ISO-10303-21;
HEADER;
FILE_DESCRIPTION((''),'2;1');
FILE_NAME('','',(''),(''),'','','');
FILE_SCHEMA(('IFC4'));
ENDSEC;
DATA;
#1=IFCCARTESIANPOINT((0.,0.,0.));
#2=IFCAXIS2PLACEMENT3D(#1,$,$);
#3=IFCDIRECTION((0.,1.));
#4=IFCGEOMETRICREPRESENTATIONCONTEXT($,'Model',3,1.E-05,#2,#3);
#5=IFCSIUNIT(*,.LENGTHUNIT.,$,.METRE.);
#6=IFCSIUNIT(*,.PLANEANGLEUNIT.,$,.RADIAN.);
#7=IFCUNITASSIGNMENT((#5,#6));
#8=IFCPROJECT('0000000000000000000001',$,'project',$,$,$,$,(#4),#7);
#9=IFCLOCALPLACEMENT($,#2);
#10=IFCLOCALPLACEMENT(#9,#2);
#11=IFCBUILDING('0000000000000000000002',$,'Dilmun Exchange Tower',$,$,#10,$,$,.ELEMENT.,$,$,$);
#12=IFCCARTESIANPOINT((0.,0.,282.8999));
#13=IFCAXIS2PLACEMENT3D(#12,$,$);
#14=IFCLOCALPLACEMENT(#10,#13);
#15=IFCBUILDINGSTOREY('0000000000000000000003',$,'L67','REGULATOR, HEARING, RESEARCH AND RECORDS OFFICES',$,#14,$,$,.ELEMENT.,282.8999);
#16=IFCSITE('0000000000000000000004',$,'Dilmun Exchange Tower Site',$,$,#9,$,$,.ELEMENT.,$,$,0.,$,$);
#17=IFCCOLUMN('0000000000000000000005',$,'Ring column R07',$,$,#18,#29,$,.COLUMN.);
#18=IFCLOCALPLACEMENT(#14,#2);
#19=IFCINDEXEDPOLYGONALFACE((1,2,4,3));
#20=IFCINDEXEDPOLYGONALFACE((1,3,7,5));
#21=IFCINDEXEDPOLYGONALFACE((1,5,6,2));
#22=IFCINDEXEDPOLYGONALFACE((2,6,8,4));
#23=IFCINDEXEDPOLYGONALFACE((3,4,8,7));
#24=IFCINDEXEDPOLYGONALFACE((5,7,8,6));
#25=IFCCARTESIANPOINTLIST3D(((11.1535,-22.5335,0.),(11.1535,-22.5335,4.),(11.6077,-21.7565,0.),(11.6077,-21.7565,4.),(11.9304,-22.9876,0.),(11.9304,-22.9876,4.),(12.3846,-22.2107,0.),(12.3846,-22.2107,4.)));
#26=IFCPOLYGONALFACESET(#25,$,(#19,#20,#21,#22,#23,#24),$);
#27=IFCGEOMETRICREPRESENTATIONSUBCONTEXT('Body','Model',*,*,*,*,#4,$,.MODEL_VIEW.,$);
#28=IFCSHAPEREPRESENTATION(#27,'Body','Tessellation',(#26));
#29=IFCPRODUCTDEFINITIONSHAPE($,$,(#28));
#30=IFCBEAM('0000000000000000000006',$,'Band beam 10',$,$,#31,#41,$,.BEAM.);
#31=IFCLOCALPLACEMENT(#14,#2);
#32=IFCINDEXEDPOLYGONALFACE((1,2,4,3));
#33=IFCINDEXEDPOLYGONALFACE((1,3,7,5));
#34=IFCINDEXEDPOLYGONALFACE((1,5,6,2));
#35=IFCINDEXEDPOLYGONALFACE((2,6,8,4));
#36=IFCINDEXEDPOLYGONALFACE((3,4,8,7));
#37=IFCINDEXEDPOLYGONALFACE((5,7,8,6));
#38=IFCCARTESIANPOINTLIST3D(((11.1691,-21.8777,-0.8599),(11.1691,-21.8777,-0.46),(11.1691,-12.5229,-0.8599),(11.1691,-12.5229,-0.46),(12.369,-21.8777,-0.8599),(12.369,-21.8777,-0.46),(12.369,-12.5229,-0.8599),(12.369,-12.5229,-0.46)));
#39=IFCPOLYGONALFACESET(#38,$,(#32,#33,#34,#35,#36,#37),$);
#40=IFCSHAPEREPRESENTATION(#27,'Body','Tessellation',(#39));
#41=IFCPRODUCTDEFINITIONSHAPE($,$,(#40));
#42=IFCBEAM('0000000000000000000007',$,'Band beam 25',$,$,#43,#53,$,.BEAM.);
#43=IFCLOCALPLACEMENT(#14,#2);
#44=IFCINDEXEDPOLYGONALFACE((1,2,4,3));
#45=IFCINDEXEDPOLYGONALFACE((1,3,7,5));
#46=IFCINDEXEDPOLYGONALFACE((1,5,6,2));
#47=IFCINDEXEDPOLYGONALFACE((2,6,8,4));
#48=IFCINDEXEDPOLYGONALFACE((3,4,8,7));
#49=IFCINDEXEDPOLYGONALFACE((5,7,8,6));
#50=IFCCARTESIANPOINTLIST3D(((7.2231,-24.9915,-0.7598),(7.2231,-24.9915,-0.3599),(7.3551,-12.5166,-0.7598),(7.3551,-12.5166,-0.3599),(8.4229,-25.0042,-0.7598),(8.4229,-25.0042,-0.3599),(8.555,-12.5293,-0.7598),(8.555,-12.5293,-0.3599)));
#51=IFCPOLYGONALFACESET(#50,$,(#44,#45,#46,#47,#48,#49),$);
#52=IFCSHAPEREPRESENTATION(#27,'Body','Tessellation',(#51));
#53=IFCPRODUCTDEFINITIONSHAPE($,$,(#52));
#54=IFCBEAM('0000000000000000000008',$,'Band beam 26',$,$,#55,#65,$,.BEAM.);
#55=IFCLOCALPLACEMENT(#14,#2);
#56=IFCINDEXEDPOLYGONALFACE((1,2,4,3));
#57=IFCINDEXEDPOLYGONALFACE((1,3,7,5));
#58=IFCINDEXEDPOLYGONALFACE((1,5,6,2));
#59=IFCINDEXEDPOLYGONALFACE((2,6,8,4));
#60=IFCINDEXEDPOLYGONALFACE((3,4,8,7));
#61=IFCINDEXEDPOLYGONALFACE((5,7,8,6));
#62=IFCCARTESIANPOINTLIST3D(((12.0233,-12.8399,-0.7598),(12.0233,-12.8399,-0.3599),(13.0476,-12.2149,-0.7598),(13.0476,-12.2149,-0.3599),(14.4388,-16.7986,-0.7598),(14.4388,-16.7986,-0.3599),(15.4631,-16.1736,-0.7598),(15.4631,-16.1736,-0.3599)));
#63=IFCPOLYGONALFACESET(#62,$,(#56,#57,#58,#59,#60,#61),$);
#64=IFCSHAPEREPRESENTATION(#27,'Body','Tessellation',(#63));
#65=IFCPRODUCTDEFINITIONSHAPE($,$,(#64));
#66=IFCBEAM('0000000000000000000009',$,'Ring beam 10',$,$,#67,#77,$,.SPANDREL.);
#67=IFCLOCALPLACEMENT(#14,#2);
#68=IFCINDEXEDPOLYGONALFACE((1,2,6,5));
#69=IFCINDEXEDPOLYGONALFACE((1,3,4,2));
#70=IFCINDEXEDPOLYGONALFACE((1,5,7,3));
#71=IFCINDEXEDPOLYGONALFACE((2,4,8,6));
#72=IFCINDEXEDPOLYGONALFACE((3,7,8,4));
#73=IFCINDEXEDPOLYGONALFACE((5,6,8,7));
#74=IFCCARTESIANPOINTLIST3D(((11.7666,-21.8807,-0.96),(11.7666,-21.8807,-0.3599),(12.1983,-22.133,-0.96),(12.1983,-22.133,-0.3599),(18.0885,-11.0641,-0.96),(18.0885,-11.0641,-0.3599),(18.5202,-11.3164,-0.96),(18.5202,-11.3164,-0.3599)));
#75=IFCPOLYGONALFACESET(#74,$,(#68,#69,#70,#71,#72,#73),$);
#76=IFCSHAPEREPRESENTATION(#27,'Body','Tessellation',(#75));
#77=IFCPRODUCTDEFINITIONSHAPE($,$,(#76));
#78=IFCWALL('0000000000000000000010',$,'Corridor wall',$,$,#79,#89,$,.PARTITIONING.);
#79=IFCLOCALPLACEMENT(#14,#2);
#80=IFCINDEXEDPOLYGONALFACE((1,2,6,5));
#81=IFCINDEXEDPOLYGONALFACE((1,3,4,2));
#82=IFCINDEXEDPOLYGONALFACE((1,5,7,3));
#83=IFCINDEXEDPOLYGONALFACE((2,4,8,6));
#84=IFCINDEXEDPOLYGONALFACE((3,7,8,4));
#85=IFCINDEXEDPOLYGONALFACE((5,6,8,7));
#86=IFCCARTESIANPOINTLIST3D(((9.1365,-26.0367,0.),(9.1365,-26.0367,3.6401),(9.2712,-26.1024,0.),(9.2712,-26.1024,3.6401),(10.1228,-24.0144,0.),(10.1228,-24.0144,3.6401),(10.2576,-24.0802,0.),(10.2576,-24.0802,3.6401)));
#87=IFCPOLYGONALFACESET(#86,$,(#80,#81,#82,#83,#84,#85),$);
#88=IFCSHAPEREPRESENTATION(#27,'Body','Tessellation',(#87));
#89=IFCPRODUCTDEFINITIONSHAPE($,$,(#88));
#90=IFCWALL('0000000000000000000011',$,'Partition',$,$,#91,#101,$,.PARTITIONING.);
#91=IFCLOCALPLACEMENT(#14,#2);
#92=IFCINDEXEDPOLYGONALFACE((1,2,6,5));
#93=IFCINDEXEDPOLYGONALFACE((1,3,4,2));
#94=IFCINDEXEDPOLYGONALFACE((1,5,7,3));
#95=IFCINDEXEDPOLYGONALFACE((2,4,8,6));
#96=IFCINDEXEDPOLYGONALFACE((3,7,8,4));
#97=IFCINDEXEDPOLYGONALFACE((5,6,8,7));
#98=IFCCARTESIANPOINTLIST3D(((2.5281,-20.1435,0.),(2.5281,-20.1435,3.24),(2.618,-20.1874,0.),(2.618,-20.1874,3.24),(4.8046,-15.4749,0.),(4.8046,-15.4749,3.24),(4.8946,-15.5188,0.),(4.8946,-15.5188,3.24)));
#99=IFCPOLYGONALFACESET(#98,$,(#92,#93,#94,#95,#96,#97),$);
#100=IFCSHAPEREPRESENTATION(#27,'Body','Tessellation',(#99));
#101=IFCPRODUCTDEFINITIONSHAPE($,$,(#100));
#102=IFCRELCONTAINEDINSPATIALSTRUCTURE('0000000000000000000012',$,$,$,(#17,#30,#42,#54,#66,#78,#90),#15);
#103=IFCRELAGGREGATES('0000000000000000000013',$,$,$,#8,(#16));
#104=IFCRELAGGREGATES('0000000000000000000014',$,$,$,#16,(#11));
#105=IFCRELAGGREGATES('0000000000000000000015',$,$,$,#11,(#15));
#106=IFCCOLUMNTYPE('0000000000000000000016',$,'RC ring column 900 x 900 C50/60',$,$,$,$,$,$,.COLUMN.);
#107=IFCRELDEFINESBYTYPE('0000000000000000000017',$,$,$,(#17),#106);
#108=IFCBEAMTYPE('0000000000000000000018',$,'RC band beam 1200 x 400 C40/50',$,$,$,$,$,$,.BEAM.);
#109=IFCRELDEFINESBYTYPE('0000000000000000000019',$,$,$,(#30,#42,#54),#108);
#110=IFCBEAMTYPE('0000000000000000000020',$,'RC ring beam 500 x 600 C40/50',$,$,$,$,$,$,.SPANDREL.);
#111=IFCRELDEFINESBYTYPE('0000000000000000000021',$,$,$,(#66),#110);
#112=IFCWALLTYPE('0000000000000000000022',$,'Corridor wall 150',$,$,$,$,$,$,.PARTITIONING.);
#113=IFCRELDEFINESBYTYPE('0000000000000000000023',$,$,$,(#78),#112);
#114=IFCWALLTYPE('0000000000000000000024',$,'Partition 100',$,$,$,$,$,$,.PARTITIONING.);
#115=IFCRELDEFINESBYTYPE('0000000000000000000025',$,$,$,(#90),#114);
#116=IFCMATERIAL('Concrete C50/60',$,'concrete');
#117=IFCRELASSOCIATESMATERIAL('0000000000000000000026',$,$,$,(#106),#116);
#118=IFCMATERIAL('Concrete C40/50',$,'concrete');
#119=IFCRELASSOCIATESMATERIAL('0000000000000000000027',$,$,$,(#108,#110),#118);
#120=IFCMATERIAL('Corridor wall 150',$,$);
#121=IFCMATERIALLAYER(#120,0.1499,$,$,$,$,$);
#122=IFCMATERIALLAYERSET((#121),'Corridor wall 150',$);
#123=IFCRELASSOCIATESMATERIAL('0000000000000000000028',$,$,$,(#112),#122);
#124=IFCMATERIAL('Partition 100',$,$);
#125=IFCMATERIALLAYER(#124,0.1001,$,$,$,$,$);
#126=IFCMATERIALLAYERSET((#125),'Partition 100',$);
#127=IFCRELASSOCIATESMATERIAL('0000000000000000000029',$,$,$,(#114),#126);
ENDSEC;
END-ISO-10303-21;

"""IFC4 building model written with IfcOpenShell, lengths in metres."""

from ifc_helpers import new_model, si_unit, direction, frame, frame_2d, origin, origin_2d, place, context, subcontext, project, spatial, rectangle, extrude, material, layer, layer_set, material_profile, profile_set, type_object, element, save


model = new_model("IFC4")

# Units and contexts
model_context = context("Model", 3, precision=1e-05, world=origin(), true_north=direction((0.0, 1.0)))
body_context = subcontext(model_context, "Body", "Model", "MODEL_VIEW")
ifc_project = project(units=[si_unit("LENGTHUNIT", "METRE"), si_unit("PLANEANGLEUNIT", "RADIAN")], contexts=[model_context])

# Site, building, storey
site_placement = place(None, origin())
site = spatial("IfcSite", under=ifc_project, at=site_placement, Name="Dilmun Exchange Tower Site", CompositionType="ELEMENT", RefElevation=0.0)
building_placement = place(site_placement, origin())
building = spatial("IfcBuilding", under=site, at=building_placement, Name="Dilmun Exchange Tower", CompositionType="ELEMENT")
storey_placement = place(building_placement, frame((0.0, 0.0, 282.8999)))
storey = spatial("IfcBuildingStorey", under=building, at=storey_placement, Name="L67", Description="REGULATOR, HEARING, RESEARCH AND RECORDS OFFICES", CompositionType="ELEMENT", Elevation=282.8999)

# Column
ifc_material_1 = material(Name="Concrete C50/60", Category="concrete")
ifc_material_profile_1 = material_profile(ifc_material_1, rectangle(XDim=0.8999, YDim=0.8999, at=origin_2d()), Name="900 x 900")
ifc_profile_set_1 = profile_set([ifc_material_profile_1], Name="Concrete C50/60")
column_type = type_object("IfcColumnType", Name="RC ring column 900 x 900 C50/60", PredefinedType="COLUMN", material=ifc_profile_set_1)
column_placement = place(storey_placement, frame((11.769, -22.3721, 0.0), z_axis=(0.0, 0.0, 1.0), x_axis=(0.504644, 0.863328, 0.0)))
element("IfcColumn", 1, at=column_placement, inside=storey, type_object=column_type, Name="Ring column R07", PredefinedType="COLUMN", context=body_context, shape_type="SweptSolid", body=[
    extrude(rectangle(XDim=0.8999, YDim=0.8999, at=origin_2d()), origin(), (0.0, 0.0, 1.0), 4.0),
])

# Beams
ifc_material_2 = material(Name="Concrete C40/50", Category="concrete")
ifc_material_profile_2 = material_profile(ifc_material_2, rectangle(XDim=1.2, YDim=0.3999, at=origin_2d()), Name="1200 x 400")
ifc_profile_set_2 = profile_set([ifc_material_profile_2], Name="Concrete C40/50")
beam_type_1 = type_object("IfcBeamType", Name="RC band beam 1200 x 400 C40/50", PredefinedType="BEAM", material=ifc_profile_set_2)
beam_1_placement = place(storey_placement, frame((11.769, -21.8777, -0.6599), z_axis=(0.0, 1.0, 0.0), x_axis=(-1.0, 0.0, 0.0)))
element("IfcBeam", 2, at=beam_1_placement, inside=storey, type_object=beam_type_1, Name="Band beam 10", PredefinedType="BEAM", context=body_context, shape_type="SweptSolid", body=[
    extrude(rectangle(XDim=1.2, YDim=0.3999, at=origin_2d()), origin(), (0.0, 0.0, 1.0), 9.3547),
])
beam_2_placement = place(storey_placement, frame((7.823, -24.9978, -0.5598), z_axis=(0.010587, 0.999944, 0.0), x_axis=(-0.999944, 0.010587, 0.0)))
element("IfcBeam", 3, at=beam_2_placement, inside=storey, type_object=beam_type_1, Name="Band beam 25", PredefinedType="BEAM", context=body_context, shape_type="SweptSolid", body=[
    extrude(rectangle(XDim=1.2, YDim=0.3999, at=origin_2d()), origin(), (0.0, 0.0, 1.0), 12.4756),
])
beam_3_placement = place(storey_placement, frame((14.9509, -16.4861, -0.5598), z_axis=(-0.520869, 0.853637, 0.0), x_axis=(-0.853637, -0.520869, 0.0)))
element("IfcBeam", 4, at=beam_3_placement, inside=storey, type_object=beam_type_1, Name="Band beam 26", PredefinedType="BEAM", context=body_context, shape_type="SweptSolid", body=[
    extrude(rectangle(XDim=1.2, YDim=0.3999, at=origin_2d()), origin(), (0.0, 0.0, 1.0), 4.6375),
])
ifc_material_profile_3 = material_profile(ifc_material_2, rectangle(XDim=0.5, YDim=0.6001, at=origin_2d()), Name="500 x 600")
ifc_profile_set_3 = profile_set([ifc_material_profile_3], Name="Concrete C40/50")
beam_type_2 = type_object("IfcBeamType", Name="RC ring beam 500 x 600 C40/50", PredefinedType="SPANDREL", material=ifc_profile_set_3)
beam_4_placement = place(storey_placement, frame((11.9824, -22.0068, -0.6599), z_axis=(0.504604, 0.863351, 0.0), x_axis=(-0.863351, 0.504604, 0.0)))
element("IfcBeam", 5, at=beam_4_placement, inside=storey, type_object=beam_type_2, Name="Ring beam 10", PredefinedType="SPANDREL", context=body_context, shape_type="SweptSolid", body=[
    extrude(rectangle(XDim=0.5, YDim=0.6001, at=origin_2d()), origin(), (0.0, 0.0, 1.0), 12.5286),
])

# Walls
ifc_material_3 = material(Name="Corridor wall 150")
ifc_layer_1 = layer(ifc_material_3, 0.1499)
ifc_layer_set_1 = layer_set([ifc_layer_1], Name="Corridor wall 150")
wall_type_1 = type_object("IfcWallType", Name="Corridor wall 150", PredefinedType="PARTITIONING", material=ifc_layer_set_1)
wall_1_placement = place(storey_placement, frame((9.2039, -26.0696, 0.0), z_axis=(0.0, 0.0, 1.0), x_axis=(0.438381, 0.898789, 0.0)))
element("IfcWall", 6, at=wall_1_placement, inside=storey, type_object=wall_type_1, Name="Corridor wall", PredefinedType="PARTITIONING", context=body_context, shape_type="SweptSolid", body=[
    extrude(rectangle(XDim=2.25, YDim=0.1499, at=frame_2d((1.125, 0.0))), origin(), (0.0, 0.0, 1.0), 3.6401),
])
ifc_material_4 = material(Name="Partition 100")
ifc_layer_2 = layer(ifc_material_4, 0.1001)
ifc_layer_set_2 = layer_set([ifc_layer_2], Name="Partition 100")
wall_type_2 = type_object("IfcWallType", Name="Partition 100", PredefinedType="PARTITIONING", material=ifc_layer_set_2)
wall_2_placement = place(storey_placement, frame((2.573, -20.1655, 0.0), z_axis=(0.0, 0.0, 1.0), x_axis=(0.438299, 0.898829, 0.0)))
element("IfcWall", 7, at=wall_2_placement, inside=storey, type_object=wall_type_2, Name="Partition", PredefinedType="PARTITIONING", context=body_context, shape_type="SweptSolid", body=[
    extrude(rectangle(XDim=5.1941, YDim=0.1001, at=frame_2d((2.5972, 0.0))), origin(), (0.0, 0.0, 1.0), 3.24),
])

save(model, "model.ifc")
